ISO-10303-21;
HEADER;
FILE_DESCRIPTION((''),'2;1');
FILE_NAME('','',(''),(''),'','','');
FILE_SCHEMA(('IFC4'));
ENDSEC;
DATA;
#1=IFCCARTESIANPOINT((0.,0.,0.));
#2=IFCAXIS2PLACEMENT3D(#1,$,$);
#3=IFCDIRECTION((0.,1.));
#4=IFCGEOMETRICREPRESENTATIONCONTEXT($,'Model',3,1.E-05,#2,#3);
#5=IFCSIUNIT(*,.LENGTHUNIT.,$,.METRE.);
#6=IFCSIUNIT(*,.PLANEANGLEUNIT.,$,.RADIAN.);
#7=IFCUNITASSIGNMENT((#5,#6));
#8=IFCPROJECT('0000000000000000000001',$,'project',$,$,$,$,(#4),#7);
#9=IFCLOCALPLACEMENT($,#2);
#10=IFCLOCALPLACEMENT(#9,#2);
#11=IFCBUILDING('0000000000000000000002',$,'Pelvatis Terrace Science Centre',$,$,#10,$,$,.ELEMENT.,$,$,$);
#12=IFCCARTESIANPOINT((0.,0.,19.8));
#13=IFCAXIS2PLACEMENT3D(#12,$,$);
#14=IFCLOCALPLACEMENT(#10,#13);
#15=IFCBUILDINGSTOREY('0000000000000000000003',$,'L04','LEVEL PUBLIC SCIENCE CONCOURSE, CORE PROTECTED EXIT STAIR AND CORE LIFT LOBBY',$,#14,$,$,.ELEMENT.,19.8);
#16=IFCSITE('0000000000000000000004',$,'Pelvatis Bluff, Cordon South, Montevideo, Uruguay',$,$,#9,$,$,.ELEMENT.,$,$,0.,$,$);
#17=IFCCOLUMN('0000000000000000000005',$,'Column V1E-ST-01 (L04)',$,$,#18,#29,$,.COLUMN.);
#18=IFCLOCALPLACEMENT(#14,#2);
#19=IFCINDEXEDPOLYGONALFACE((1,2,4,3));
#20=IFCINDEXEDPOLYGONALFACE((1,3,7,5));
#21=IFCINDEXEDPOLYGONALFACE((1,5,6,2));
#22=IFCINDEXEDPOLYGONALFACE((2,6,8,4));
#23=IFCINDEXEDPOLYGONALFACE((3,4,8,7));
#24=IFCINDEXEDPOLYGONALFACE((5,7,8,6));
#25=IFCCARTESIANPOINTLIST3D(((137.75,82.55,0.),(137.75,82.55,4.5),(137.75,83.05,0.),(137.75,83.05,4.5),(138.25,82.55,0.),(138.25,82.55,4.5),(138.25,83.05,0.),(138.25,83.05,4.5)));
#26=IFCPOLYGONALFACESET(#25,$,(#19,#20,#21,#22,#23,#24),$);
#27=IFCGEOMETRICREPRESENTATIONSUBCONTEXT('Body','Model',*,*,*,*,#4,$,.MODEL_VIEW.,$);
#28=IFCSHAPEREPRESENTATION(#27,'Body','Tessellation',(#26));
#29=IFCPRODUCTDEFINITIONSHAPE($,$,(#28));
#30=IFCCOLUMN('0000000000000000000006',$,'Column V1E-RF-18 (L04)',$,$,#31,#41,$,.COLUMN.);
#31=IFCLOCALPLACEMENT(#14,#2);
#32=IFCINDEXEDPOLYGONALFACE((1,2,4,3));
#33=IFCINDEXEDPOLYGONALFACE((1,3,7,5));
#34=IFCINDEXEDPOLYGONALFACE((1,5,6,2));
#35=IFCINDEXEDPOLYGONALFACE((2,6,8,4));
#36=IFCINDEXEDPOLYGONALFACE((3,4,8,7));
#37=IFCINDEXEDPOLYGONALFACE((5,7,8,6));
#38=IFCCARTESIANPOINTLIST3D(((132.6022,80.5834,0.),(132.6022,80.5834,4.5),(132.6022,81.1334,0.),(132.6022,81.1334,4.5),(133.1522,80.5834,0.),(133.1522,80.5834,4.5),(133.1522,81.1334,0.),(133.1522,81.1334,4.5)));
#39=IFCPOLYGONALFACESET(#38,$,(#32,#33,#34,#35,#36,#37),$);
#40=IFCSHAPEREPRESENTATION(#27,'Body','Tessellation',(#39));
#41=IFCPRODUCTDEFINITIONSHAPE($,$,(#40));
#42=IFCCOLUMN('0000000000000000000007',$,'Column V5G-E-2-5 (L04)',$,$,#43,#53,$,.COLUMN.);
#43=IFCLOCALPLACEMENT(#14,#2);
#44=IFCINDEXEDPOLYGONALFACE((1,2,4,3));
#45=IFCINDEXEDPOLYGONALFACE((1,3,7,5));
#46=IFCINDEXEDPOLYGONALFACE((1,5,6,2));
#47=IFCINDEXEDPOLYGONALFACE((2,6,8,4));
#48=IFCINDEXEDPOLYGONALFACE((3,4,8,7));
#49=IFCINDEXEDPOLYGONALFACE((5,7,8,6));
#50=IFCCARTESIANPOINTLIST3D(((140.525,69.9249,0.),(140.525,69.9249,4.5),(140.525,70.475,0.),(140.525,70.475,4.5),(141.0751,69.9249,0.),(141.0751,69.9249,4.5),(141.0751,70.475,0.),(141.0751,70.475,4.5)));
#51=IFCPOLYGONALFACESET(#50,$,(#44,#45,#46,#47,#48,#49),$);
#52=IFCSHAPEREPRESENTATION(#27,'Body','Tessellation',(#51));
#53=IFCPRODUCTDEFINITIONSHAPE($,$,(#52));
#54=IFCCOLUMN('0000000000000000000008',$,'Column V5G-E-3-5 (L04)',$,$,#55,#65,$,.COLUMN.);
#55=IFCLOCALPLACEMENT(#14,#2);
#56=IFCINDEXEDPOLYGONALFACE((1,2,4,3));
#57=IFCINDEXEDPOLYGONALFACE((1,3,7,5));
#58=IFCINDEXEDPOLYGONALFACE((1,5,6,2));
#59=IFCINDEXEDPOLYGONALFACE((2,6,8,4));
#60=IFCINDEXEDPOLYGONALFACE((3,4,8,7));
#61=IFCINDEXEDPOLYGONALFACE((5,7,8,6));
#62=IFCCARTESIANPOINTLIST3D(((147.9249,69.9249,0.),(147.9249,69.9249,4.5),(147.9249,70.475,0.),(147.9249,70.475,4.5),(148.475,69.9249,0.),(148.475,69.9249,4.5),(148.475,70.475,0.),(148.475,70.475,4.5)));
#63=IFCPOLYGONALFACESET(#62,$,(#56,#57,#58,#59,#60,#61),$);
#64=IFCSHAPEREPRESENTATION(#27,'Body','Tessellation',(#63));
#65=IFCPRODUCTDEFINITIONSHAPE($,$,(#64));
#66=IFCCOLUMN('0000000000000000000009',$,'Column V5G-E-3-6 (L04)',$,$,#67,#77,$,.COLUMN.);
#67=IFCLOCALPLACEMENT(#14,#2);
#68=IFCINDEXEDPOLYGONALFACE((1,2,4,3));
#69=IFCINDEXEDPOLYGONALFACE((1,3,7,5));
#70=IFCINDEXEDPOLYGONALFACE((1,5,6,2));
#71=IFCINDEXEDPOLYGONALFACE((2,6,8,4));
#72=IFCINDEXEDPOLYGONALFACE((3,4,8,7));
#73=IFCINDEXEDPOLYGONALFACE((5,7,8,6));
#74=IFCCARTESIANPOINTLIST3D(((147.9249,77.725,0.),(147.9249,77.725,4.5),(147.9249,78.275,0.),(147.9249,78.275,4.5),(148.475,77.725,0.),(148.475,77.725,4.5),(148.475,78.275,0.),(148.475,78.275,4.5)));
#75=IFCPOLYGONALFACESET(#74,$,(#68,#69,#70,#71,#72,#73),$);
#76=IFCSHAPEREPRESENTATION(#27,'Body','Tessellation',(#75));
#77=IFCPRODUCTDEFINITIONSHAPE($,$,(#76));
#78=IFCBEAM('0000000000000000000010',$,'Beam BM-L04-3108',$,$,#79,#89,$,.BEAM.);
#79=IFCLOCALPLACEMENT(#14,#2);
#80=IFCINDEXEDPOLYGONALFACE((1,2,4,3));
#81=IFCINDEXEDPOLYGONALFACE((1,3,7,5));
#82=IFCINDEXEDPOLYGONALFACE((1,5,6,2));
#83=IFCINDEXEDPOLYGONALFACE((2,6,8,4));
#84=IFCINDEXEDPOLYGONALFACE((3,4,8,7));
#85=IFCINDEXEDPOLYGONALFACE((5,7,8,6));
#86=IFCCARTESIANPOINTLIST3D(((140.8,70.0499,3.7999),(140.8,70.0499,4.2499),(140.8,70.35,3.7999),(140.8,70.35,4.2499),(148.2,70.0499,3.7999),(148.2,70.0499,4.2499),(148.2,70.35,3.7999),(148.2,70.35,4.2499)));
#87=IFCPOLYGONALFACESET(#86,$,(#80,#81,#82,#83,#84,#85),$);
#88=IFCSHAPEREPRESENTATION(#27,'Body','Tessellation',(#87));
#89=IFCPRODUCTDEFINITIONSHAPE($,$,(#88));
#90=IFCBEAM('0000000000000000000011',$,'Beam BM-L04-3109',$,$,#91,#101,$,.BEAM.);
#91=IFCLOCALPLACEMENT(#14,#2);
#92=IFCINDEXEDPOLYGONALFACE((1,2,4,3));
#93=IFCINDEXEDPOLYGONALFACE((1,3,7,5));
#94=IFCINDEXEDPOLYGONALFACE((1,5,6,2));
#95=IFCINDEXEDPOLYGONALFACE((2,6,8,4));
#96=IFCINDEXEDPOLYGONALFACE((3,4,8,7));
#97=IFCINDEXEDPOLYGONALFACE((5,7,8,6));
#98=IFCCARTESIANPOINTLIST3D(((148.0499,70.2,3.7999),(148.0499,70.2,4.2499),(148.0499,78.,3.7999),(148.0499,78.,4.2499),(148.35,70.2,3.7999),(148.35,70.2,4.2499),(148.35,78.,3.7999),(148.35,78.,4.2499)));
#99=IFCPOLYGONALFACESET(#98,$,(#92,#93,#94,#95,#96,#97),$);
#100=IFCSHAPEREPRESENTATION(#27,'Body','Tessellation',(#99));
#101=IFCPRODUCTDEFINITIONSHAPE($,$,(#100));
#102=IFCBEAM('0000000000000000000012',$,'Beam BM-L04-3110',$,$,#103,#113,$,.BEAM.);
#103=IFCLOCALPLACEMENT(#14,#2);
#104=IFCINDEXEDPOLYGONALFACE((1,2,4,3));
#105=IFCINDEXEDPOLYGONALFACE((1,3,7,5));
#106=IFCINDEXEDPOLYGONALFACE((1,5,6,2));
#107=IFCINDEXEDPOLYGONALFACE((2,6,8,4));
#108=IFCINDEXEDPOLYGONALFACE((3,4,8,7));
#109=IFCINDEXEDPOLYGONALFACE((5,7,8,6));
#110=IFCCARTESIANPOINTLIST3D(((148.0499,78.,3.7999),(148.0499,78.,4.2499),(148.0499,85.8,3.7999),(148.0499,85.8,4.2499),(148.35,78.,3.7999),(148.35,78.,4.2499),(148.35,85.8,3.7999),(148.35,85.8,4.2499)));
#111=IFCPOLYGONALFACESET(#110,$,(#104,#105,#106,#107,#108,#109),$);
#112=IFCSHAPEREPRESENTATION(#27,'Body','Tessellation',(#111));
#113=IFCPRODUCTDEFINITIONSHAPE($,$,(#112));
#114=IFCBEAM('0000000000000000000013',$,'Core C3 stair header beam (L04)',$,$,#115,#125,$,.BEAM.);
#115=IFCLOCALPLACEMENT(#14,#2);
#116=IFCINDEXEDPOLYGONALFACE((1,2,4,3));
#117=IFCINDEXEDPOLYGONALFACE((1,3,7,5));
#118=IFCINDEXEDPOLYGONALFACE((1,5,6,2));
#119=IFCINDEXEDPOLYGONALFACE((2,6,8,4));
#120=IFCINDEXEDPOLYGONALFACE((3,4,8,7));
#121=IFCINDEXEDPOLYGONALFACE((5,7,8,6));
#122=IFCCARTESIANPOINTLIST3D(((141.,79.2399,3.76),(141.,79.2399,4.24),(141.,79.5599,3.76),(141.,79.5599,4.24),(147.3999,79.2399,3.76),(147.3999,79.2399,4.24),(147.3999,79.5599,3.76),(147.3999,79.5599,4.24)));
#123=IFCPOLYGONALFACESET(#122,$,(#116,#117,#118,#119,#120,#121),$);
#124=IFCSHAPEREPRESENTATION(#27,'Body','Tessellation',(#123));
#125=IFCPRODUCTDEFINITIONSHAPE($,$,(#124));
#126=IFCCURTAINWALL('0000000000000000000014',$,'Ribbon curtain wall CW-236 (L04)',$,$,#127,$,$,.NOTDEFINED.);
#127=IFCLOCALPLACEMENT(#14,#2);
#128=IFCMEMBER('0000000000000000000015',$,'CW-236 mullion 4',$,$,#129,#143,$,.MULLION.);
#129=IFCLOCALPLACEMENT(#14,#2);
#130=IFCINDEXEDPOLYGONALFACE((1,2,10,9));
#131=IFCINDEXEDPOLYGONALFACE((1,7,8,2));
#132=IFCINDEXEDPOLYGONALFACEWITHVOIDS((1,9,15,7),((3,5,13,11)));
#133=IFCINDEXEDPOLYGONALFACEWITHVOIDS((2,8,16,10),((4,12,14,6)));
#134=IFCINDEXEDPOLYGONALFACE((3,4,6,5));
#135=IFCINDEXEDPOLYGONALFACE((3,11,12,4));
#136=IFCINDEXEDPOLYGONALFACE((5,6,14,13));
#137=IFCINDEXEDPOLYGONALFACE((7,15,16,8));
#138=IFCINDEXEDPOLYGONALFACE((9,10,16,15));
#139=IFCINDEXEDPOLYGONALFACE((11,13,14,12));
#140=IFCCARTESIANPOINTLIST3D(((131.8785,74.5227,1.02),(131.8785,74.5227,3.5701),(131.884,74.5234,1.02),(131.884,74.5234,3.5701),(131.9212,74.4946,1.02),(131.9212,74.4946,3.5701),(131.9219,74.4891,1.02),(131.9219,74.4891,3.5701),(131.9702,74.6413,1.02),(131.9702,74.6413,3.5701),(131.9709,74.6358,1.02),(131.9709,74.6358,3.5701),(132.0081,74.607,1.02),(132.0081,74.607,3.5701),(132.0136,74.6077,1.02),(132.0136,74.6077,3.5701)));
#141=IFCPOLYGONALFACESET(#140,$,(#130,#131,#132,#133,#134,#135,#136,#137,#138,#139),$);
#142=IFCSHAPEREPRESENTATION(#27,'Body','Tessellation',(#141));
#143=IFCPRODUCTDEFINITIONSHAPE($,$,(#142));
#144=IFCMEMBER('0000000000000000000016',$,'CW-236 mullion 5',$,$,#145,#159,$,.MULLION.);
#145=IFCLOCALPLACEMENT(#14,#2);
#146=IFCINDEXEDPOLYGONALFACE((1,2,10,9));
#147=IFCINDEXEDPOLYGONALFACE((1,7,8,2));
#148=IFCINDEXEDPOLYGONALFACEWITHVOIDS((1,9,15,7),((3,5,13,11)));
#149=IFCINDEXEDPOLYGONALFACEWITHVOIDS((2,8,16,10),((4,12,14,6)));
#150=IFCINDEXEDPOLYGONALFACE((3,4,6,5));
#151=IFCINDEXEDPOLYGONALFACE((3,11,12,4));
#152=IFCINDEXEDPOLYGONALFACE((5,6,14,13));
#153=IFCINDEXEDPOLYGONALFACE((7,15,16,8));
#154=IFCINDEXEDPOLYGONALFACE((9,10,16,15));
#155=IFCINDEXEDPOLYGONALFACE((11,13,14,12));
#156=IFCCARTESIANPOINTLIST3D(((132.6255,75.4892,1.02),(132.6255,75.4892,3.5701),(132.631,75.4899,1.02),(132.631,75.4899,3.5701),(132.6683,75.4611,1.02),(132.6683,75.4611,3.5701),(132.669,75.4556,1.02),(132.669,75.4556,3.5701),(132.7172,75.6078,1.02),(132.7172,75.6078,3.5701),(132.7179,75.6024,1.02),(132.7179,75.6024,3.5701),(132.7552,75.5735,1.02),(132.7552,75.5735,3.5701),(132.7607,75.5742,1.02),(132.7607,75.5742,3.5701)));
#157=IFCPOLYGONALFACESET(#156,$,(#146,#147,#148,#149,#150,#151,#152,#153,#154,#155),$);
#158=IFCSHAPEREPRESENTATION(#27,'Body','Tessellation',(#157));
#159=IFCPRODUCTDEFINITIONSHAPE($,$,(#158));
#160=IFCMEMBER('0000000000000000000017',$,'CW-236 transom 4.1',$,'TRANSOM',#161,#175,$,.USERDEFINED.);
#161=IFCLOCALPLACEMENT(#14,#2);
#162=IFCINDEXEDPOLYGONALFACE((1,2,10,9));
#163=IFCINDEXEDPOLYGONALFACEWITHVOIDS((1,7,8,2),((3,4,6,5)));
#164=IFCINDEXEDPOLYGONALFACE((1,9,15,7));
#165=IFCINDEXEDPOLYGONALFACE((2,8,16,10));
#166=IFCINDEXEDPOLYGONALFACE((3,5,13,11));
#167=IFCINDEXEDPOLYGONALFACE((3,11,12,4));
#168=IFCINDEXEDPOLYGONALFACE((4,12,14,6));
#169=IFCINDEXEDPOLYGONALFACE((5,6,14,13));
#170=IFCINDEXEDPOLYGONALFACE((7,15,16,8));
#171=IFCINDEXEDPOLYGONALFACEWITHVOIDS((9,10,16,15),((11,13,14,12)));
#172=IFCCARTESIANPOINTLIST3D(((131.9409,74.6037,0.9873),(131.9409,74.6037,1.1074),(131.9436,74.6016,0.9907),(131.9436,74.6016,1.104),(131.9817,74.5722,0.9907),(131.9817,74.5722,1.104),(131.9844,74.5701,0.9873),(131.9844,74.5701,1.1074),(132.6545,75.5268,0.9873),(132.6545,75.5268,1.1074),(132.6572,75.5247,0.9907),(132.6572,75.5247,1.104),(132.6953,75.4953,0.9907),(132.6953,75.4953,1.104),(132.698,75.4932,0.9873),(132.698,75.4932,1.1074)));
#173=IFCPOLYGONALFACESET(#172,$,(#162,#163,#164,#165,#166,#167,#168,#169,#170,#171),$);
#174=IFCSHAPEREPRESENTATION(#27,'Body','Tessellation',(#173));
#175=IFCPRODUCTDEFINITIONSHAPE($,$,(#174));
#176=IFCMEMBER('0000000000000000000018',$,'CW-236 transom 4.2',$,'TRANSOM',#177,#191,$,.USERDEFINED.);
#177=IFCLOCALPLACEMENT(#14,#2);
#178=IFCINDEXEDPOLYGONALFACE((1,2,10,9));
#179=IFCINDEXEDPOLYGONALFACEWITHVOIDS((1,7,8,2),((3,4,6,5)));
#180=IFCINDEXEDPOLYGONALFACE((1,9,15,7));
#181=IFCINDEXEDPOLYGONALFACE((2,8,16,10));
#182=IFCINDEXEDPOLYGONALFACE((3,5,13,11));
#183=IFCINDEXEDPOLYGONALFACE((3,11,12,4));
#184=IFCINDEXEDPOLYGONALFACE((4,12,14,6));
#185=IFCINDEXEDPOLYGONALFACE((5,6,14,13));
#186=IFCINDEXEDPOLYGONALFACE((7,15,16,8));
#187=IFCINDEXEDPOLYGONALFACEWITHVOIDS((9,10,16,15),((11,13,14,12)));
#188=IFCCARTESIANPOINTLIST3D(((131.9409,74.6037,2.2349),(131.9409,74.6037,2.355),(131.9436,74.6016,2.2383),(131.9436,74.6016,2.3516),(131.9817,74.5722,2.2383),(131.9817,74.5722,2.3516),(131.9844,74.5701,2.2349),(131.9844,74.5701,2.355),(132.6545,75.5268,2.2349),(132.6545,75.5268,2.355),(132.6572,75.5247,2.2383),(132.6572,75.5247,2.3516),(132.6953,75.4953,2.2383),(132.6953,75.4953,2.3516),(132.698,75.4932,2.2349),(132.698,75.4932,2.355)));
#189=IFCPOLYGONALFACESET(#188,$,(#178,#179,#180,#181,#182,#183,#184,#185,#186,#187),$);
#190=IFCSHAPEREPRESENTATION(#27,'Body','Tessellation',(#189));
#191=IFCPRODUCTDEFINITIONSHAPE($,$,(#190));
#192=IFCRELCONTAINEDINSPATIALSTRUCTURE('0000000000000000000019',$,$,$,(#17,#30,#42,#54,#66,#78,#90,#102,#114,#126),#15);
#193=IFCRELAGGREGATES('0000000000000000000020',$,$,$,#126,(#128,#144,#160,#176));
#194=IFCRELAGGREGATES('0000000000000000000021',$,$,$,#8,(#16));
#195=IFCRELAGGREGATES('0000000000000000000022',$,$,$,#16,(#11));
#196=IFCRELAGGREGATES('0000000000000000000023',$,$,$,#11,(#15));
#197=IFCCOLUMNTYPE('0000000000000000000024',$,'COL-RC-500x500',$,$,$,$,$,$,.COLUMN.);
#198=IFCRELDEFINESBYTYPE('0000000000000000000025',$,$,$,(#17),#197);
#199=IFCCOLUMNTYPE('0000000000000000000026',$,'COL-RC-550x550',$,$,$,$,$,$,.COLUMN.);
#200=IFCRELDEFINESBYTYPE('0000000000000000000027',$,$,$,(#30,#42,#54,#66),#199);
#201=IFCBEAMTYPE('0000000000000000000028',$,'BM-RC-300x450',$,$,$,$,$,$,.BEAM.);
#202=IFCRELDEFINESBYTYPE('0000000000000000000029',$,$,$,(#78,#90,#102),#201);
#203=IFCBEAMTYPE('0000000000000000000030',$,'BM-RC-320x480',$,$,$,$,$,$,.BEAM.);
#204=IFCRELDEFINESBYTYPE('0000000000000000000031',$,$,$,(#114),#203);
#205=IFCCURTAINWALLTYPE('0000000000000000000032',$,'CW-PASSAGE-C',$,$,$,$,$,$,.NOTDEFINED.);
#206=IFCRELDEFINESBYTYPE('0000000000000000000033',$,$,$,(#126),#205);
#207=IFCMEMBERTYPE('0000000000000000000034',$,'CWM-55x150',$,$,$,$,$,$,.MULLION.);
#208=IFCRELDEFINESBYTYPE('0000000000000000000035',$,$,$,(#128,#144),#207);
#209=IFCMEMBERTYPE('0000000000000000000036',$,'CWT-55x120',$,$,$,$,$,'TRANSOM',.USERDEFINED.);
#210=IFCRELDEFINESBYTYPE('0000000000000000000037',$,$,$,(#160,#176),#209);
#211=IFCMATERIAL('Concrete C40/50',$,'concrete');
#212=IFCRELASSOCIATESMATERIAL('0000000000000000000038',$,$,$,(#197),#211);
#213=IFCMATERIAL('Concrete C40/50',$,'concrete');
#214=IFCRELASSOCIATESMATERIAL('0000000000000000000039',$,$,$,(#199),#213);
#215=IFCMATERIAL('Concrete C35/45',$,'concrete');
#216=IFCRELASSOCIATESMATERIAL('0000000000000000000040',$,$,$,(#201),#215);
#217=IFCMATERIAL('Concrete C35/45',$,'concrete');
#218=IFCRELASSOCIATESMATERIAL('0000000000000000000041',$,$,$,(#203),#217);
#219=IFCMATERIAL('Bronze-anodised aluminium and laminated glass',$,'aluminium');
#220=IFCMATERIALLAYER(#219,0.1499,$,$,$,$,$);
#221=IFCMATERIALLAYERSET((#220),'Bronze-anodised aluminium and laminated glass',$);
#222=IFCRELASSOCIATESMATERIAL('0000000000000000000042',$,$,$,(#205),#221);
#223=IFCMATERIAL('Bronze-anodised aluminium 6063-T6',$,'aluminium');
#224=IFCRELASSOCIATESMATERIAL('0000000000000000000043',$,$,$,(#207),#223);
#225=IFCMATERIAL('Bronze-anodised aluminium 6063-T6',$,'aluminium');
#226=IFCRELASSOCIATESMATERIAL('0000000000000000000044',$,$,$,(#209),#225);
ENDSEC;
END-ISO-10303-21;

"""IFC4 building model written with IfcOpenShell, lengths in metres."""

from ifc_helpers import new_model, si_unit, direction, frame, origin, origin_2d, place, context, subcontext, project, spatial, rectangle, hollow_rectangle, extrude, material, layer, layer_set, material_profile, profile_set, type_object, element, aggregate, save


model = new_model("IFC4")

# Units and contexts
model_context = context("Model", 3, precision=1e-05, world=origin(), true_north=direction((0.0, 1.0)))
body_context = subcontext(model_context, "Body", "Model", "MODEL_VIEW")
ifc_project = project(units=[si_unit("LENGTHUNIT", "METRE"), si_unit("PLANEANGLEUNIT", "RADIAN")], contexts=[model_context])

# Site, building, storey
site_placement = place(None, origin())
site = spatial("IfcSite", under=ifc_project, at=site_placement, Name="Pelvatis Bluff, Cordon South, Montevideo, Uruguay", CompositionType="ELEMENT", RefElevation=0.0)
building_placement = place(site_placement, origin())
building = spatial("IfcBuilding", under=site, at=building_placement, Name="Pelvatis Terrace Science Centre", CompositionType="ELEMENT")
storey_placement = place(building_placement, frame((0.0, 0.0, 19.8)))
storey = spatial("IfcBuildingStorey", under=building, at=storey_placement, Name="L04", Description="LEVEL PUBLIC SCIENCE CONCOURSE, CORE PROTECTED EXIT STAIR AND CORE LIFT LOBBY", CompositionType="ELEMENT", Elevation=19.8)

# Columns
ifc_material_1 = material(Name="Concrete C40/50", Category="concrete")
ifc_material_profile_1 = material_profile(ifc_material_1, rectangle(XDim=0.5, YDim=0.5, at=origin_2d()), Name="RC-COL 500x500")
ifc_profile_set_1 = profile_set([ifc_material_profile_1], Name="Concrete C40/50")
column_type_1 = type_object("IfcColumnType", Name="COL-RC-500x500", PredefinedType="COLUMN", material=ifc_profile_set_1)
column_placement = place(storey_placement, frame((138.0, 82.8, 0.0), z_axis=(0.0, 0.0, 1.0), x_axis=(1.0, 0.0, 0.0)))
element("IfcColumn", 1, at=column_placement, inside=storey, type_object=column_type_1, Name="Column V1E-ST-01 (L04)", PredefinedType="COLUMN", context=body_context, shape_type="SweptSolid", body=[
    extrude(rectangle(XDim=0.5, YDim=0.5, at=origin_2d()), origin(), (0.0, 0.0, 1.0), 4.5),
])
ifc_material_2 = material(Name="Concrete C40/50", Category="concrete")
ifc_material_profile_2 = material_profile(ifc_material_2, rectangle(XDim=0.55, YDim=0.55, at=origin_2d()), Name="RC-COL 550x550")
ifc_profile_set_2 = profile_set([ifc_material_profile_2], Name="Concrete C40/50")
column_type_2 = type_object("IfcColumnType", Name="COL-RC-550x550", PredefinedType="COLUMN", material=ifc_profile_set_2)
for number, where, z_axis, x_axis, name in (
    (2, (132.8772, 80.8584, 0.0), (0.0, 0.0, 1.0), (1.0, 0.0, 0.0), "Column V1E-RF-18 (L04)"),
    (3, (140.8, 70.2, 0.0), (0.0, 0.0, 1.0), (1.0, 0.0, 0.0), "Column V5G-E-2-5 (L04)"),
    (4, (148.2, 70.2, 0.0), (0.0, 0.0, 1.0), (1.0, 0.0, 0.0), "Column V5G-E-3-5 (L04)"),
    (5, (148.2, 78.0, 0.0), (0.0, 0.0, 1.0), (1.0, 0.0, 0.0), "Column V5G-E-3-6 (L04)"),
):
    element("IfcColumn", number, at=place(storey_placement, frame(where, z_axis=z_axis, x_axis=x_axis)), inside=storey, type_object=column_type_2, Name=name, PredefinedType="COLUMN", context=body_context, shape_type="SweptSolid", body=[
        extrude(rectangle(XDim=0.55, YDim=0.55, at=origin_2d()), origin(), (0.0, 0.0, 1.0), 4.5),
    ])

# Beams
ifc_material_3 = material(Name="Concrete C35/45", Category="concrete")
ifc_material_profile_3 = material_profile(ifc_material_3, rectangle(XDim=0.3, YDim=0.45, at=origin_2d()), Name="RC-BM 300x450")
ifc_profile_set_3 = profile_set([ifc_material_profile_3], Name="Concrete C35/45")
beam_type_1 = type_object("IfcBeamType", Name="BM-RC-300x450", PredefinedType="BEAM", material=ifc_profile_set_3)
beam_1_placement = place(storey_placement, frame((140.8, 70.2, 4.0249), z_axis=(1.0, 0.0, 0.0), x_axis=(0.0, 1.0, 0.0)))
element("IfcBeam", 6, at=beam_1_placement, inside=storey, type_object=beam_type_1, Name="Beam BM-L04-3108", PredefinedType="BEAM", context=body_context, shape_type="SweptSolid", body=[
    extrude(rectangle(XDim=0.3, YDim=0.45, at=origin_2d()), origin(), (0.0, 0.0, 1.0), 7.3999),
])
for number, where, z_axis, x_axis, name in (
    (7, (148.2, 70.2, 4.0249), (0.0, 1.0, 0.0), (-1.0, 0.0, 0.0), "Beam BM-L04-3109"),
    (8, (148.2, 78.0, 4.0249), (0.0, 1.0, 0.0), (-1.0, 0.0, 0.0), "Beam BM-L04-3110"),
):
    element("IfcBeam", number, at=place(storey_placement, frame(where, z_axis=z_axis, x_axis=x_axis)), inside=storey, type_object=beam_type_1, Name=name, PredefinedType="BEAM", context=body_context, shape_type="SweptSolid", body=[
        extrude(rectangle(XDim=0.3, YDim=0.45, at=origin_2d()), origin(), (0.0, 0.0, 1.0), 7.8),
    ])
ifc_material_4 = material(Name="Concrete C35/45", Category="concrete")
ifc_material_profile_4 = material_profile(ifc_material_4, rectangle(XDim=0.3201, YDim=0.48, at=origin_2d()), Name="RC-BM 320x480")
ifc_profile_set_4 = profile_set([ifc_material_profile_4], Name="Concrete C35/45")
beam_type_2 = type_object("IfcBeamType", Name="BM-RC-320x480", PredefinedType="BEAM", material=ifc_profile_set_4)
beam_2_placement = place(storey_placement, frame((141.0, 79.3999, 4.0), z_axis=(1.0, 0.0, 0.0), x_axis=(0.0, 1.0, 0.0)))
element("IfcBeam", 9, at=beam_2_placement, inside=storey, type_object=beam_type_2, Name="Core C3 stair header beam (L04)", PredefinedType="BEAM", context=body_context, shape_type="SweptSolid", body=[
    extrude(rectangle(XDim=0.3201, YDim=0.48, at=origin_2d()), origin(), (0.0, 0.0, 1.0), 6.3999),
])

# Curtain wall, members
ifc_material_5 = material(Name="Bronze-anodised aluminium and laminated glass", Category="aluminium")
ifc_layer_1 = layer(ifc_material_5, 0.1499)
ifc_layer_set_1 = layer_set([ifc_layer_1], Name="Bronze-anodised aluminium and laminated glass")
curtain_wall_type = type_object("IfcCurtainWallType", Name="CW-PASSAGE-C", PredefinedType="NOTDEFINED", material=ifc_layer_set_1)
curtain_wall_placement = place(storey_placement, origin())
curtain_wall = element("IfcCurtainWall", 10, at=curtain_wall_placement, inside=storey, type_object=curtain_wall_type, Name="Ribbon curtain wall CW-236 (L04)", PredefinedType="NOTDEFINED")
ifc_material_6 = material(Name="Bronze-anodised aluminium 6063-T6", Category="aluminium")
ifc_material_profile_5 = material_profile(ifc_material_6, hollow_rectangle(XDim=0.0549, YDim=0.1499, WallThickness=0.0039, at=origin_2d()), Name="ALU-MUL 55x150")
ifc_profile_set_5 = profile_set([ifc_material_profile_5], Name="Bronze-anodised aluminium 6063-T6")
member_type_1 = type_object("IfcMemberType", Name="CWM-55x150", PredefinedType="MULLION", material=ifc_profile_set_5)
member_1_placement = place(storey_placement, frame((131.946, 74.5652, 1.02), z_axis=(0.0, 0.0, 1.0), x_axis=(-0.791181, 0.611582, 0.0)))
member_1 = element("IfcMember", 11, at=member_1_placement, type_object=member_type_1, Name="CW-236 mullion 4", PredefinedType="MULLION", context=body_context, shape_type="SweptSolid", body=[
    extrude(hollow_rectangle(XDim=0.0549, YDim=0.1499, WallThickness=0.0039, at=origin_2d()), origin(), (0.0, 0.0, 1.0), 2.55),
])
member_2_placement = place(storey_placement, frame((132.6931, 75.5317, 1.02), z_axis=(0.0, 0.0, 1.0), x_axis=(-0.791181, 0.611582, 0.0)))
member_2 = element("IfcMember", 12, at=member_2_placement, type_object=member_type_1, Name="CW-236 mullion 5", PredefinedType="MULLION", context=body_context, shape_type="SweptSolid", body=[
    extrude(hollow_rectangle(XDim=0.0549, YDim=0.1499, WallThickness=0.0039, at=origin_2d()), origin(), (0.0, 0.0, 1.0), 2.55),
])
ifc_material_7 = material(Name="Bronze-anodised aluminium 6063-T6", Category="aluminium")
ifc_material_profile_6 = material_profile(ifc_material_7, hollow_rectangle(XDim=0.0549, YDim=0.1201, WallThickness=0.0034, at=origin_2d()), Name="ALU-TRN 55x120")
ifc_profile_set_6 = profile_set([ifc_material_profile_6], Name="Bronze-anodised aluminium 6063-T6")
member_type_2 = type_object("IfcMemberType", Name="CWT-55x120", ElementType="TRANSOM", PredefinedType="USERDEFINED", material=ifc_profile_set_6)
member_3_placement = place(storey_placement, frame((131.9626, 74.5869, 1.0474), z_axis=(0.61162, 0.791152, 0.0), x_axis=(-0.791152, 0.61162, 0.0)))
member_3 = element("IfcMember", 13, at=member_3_placement, type_object=member_type_2, Name="CW-236 transom 4.1", ObjectType="TRANSOM", PredefinedType="USERDEFINED", context=body_context, shape_type="SweptSolid", body=[
    extrude(hollow_rectangle(XDim=0.0549, YDim=0.1201, WallThickness=0.0034, at=origin_2d()), origin(), (0.0, 0.0, 1.0), 1.1667),
])
member_4_placement = place(storey_placement, frame((131.9626, 74.5869, 2.2949), z_axis=(0.61162, 0.791152, 0.0), x_axis=(-0.791152, 0.61162, 0.0)))
member_4 = element("IfcMember", 14, at=member_4_placement, type_object=member_type_2, Name="CW-236 transom 4.2", ObjectType="TRANSOM", PredefinedType="USERDEFINED", context=body_context, shape_type="SweptSolid", body=[
    extrude(hollow_rectangle(XDim=0.0549, YDim=0.1201, WallThickness=0.0034, at=origin_2d()), origin(), (0.0, 0.0, 1.0), 1.1667),
])

aggregate(curtain_wall, [member_1, member_2, member_3, member_4])

save(model, "model.ifc")
